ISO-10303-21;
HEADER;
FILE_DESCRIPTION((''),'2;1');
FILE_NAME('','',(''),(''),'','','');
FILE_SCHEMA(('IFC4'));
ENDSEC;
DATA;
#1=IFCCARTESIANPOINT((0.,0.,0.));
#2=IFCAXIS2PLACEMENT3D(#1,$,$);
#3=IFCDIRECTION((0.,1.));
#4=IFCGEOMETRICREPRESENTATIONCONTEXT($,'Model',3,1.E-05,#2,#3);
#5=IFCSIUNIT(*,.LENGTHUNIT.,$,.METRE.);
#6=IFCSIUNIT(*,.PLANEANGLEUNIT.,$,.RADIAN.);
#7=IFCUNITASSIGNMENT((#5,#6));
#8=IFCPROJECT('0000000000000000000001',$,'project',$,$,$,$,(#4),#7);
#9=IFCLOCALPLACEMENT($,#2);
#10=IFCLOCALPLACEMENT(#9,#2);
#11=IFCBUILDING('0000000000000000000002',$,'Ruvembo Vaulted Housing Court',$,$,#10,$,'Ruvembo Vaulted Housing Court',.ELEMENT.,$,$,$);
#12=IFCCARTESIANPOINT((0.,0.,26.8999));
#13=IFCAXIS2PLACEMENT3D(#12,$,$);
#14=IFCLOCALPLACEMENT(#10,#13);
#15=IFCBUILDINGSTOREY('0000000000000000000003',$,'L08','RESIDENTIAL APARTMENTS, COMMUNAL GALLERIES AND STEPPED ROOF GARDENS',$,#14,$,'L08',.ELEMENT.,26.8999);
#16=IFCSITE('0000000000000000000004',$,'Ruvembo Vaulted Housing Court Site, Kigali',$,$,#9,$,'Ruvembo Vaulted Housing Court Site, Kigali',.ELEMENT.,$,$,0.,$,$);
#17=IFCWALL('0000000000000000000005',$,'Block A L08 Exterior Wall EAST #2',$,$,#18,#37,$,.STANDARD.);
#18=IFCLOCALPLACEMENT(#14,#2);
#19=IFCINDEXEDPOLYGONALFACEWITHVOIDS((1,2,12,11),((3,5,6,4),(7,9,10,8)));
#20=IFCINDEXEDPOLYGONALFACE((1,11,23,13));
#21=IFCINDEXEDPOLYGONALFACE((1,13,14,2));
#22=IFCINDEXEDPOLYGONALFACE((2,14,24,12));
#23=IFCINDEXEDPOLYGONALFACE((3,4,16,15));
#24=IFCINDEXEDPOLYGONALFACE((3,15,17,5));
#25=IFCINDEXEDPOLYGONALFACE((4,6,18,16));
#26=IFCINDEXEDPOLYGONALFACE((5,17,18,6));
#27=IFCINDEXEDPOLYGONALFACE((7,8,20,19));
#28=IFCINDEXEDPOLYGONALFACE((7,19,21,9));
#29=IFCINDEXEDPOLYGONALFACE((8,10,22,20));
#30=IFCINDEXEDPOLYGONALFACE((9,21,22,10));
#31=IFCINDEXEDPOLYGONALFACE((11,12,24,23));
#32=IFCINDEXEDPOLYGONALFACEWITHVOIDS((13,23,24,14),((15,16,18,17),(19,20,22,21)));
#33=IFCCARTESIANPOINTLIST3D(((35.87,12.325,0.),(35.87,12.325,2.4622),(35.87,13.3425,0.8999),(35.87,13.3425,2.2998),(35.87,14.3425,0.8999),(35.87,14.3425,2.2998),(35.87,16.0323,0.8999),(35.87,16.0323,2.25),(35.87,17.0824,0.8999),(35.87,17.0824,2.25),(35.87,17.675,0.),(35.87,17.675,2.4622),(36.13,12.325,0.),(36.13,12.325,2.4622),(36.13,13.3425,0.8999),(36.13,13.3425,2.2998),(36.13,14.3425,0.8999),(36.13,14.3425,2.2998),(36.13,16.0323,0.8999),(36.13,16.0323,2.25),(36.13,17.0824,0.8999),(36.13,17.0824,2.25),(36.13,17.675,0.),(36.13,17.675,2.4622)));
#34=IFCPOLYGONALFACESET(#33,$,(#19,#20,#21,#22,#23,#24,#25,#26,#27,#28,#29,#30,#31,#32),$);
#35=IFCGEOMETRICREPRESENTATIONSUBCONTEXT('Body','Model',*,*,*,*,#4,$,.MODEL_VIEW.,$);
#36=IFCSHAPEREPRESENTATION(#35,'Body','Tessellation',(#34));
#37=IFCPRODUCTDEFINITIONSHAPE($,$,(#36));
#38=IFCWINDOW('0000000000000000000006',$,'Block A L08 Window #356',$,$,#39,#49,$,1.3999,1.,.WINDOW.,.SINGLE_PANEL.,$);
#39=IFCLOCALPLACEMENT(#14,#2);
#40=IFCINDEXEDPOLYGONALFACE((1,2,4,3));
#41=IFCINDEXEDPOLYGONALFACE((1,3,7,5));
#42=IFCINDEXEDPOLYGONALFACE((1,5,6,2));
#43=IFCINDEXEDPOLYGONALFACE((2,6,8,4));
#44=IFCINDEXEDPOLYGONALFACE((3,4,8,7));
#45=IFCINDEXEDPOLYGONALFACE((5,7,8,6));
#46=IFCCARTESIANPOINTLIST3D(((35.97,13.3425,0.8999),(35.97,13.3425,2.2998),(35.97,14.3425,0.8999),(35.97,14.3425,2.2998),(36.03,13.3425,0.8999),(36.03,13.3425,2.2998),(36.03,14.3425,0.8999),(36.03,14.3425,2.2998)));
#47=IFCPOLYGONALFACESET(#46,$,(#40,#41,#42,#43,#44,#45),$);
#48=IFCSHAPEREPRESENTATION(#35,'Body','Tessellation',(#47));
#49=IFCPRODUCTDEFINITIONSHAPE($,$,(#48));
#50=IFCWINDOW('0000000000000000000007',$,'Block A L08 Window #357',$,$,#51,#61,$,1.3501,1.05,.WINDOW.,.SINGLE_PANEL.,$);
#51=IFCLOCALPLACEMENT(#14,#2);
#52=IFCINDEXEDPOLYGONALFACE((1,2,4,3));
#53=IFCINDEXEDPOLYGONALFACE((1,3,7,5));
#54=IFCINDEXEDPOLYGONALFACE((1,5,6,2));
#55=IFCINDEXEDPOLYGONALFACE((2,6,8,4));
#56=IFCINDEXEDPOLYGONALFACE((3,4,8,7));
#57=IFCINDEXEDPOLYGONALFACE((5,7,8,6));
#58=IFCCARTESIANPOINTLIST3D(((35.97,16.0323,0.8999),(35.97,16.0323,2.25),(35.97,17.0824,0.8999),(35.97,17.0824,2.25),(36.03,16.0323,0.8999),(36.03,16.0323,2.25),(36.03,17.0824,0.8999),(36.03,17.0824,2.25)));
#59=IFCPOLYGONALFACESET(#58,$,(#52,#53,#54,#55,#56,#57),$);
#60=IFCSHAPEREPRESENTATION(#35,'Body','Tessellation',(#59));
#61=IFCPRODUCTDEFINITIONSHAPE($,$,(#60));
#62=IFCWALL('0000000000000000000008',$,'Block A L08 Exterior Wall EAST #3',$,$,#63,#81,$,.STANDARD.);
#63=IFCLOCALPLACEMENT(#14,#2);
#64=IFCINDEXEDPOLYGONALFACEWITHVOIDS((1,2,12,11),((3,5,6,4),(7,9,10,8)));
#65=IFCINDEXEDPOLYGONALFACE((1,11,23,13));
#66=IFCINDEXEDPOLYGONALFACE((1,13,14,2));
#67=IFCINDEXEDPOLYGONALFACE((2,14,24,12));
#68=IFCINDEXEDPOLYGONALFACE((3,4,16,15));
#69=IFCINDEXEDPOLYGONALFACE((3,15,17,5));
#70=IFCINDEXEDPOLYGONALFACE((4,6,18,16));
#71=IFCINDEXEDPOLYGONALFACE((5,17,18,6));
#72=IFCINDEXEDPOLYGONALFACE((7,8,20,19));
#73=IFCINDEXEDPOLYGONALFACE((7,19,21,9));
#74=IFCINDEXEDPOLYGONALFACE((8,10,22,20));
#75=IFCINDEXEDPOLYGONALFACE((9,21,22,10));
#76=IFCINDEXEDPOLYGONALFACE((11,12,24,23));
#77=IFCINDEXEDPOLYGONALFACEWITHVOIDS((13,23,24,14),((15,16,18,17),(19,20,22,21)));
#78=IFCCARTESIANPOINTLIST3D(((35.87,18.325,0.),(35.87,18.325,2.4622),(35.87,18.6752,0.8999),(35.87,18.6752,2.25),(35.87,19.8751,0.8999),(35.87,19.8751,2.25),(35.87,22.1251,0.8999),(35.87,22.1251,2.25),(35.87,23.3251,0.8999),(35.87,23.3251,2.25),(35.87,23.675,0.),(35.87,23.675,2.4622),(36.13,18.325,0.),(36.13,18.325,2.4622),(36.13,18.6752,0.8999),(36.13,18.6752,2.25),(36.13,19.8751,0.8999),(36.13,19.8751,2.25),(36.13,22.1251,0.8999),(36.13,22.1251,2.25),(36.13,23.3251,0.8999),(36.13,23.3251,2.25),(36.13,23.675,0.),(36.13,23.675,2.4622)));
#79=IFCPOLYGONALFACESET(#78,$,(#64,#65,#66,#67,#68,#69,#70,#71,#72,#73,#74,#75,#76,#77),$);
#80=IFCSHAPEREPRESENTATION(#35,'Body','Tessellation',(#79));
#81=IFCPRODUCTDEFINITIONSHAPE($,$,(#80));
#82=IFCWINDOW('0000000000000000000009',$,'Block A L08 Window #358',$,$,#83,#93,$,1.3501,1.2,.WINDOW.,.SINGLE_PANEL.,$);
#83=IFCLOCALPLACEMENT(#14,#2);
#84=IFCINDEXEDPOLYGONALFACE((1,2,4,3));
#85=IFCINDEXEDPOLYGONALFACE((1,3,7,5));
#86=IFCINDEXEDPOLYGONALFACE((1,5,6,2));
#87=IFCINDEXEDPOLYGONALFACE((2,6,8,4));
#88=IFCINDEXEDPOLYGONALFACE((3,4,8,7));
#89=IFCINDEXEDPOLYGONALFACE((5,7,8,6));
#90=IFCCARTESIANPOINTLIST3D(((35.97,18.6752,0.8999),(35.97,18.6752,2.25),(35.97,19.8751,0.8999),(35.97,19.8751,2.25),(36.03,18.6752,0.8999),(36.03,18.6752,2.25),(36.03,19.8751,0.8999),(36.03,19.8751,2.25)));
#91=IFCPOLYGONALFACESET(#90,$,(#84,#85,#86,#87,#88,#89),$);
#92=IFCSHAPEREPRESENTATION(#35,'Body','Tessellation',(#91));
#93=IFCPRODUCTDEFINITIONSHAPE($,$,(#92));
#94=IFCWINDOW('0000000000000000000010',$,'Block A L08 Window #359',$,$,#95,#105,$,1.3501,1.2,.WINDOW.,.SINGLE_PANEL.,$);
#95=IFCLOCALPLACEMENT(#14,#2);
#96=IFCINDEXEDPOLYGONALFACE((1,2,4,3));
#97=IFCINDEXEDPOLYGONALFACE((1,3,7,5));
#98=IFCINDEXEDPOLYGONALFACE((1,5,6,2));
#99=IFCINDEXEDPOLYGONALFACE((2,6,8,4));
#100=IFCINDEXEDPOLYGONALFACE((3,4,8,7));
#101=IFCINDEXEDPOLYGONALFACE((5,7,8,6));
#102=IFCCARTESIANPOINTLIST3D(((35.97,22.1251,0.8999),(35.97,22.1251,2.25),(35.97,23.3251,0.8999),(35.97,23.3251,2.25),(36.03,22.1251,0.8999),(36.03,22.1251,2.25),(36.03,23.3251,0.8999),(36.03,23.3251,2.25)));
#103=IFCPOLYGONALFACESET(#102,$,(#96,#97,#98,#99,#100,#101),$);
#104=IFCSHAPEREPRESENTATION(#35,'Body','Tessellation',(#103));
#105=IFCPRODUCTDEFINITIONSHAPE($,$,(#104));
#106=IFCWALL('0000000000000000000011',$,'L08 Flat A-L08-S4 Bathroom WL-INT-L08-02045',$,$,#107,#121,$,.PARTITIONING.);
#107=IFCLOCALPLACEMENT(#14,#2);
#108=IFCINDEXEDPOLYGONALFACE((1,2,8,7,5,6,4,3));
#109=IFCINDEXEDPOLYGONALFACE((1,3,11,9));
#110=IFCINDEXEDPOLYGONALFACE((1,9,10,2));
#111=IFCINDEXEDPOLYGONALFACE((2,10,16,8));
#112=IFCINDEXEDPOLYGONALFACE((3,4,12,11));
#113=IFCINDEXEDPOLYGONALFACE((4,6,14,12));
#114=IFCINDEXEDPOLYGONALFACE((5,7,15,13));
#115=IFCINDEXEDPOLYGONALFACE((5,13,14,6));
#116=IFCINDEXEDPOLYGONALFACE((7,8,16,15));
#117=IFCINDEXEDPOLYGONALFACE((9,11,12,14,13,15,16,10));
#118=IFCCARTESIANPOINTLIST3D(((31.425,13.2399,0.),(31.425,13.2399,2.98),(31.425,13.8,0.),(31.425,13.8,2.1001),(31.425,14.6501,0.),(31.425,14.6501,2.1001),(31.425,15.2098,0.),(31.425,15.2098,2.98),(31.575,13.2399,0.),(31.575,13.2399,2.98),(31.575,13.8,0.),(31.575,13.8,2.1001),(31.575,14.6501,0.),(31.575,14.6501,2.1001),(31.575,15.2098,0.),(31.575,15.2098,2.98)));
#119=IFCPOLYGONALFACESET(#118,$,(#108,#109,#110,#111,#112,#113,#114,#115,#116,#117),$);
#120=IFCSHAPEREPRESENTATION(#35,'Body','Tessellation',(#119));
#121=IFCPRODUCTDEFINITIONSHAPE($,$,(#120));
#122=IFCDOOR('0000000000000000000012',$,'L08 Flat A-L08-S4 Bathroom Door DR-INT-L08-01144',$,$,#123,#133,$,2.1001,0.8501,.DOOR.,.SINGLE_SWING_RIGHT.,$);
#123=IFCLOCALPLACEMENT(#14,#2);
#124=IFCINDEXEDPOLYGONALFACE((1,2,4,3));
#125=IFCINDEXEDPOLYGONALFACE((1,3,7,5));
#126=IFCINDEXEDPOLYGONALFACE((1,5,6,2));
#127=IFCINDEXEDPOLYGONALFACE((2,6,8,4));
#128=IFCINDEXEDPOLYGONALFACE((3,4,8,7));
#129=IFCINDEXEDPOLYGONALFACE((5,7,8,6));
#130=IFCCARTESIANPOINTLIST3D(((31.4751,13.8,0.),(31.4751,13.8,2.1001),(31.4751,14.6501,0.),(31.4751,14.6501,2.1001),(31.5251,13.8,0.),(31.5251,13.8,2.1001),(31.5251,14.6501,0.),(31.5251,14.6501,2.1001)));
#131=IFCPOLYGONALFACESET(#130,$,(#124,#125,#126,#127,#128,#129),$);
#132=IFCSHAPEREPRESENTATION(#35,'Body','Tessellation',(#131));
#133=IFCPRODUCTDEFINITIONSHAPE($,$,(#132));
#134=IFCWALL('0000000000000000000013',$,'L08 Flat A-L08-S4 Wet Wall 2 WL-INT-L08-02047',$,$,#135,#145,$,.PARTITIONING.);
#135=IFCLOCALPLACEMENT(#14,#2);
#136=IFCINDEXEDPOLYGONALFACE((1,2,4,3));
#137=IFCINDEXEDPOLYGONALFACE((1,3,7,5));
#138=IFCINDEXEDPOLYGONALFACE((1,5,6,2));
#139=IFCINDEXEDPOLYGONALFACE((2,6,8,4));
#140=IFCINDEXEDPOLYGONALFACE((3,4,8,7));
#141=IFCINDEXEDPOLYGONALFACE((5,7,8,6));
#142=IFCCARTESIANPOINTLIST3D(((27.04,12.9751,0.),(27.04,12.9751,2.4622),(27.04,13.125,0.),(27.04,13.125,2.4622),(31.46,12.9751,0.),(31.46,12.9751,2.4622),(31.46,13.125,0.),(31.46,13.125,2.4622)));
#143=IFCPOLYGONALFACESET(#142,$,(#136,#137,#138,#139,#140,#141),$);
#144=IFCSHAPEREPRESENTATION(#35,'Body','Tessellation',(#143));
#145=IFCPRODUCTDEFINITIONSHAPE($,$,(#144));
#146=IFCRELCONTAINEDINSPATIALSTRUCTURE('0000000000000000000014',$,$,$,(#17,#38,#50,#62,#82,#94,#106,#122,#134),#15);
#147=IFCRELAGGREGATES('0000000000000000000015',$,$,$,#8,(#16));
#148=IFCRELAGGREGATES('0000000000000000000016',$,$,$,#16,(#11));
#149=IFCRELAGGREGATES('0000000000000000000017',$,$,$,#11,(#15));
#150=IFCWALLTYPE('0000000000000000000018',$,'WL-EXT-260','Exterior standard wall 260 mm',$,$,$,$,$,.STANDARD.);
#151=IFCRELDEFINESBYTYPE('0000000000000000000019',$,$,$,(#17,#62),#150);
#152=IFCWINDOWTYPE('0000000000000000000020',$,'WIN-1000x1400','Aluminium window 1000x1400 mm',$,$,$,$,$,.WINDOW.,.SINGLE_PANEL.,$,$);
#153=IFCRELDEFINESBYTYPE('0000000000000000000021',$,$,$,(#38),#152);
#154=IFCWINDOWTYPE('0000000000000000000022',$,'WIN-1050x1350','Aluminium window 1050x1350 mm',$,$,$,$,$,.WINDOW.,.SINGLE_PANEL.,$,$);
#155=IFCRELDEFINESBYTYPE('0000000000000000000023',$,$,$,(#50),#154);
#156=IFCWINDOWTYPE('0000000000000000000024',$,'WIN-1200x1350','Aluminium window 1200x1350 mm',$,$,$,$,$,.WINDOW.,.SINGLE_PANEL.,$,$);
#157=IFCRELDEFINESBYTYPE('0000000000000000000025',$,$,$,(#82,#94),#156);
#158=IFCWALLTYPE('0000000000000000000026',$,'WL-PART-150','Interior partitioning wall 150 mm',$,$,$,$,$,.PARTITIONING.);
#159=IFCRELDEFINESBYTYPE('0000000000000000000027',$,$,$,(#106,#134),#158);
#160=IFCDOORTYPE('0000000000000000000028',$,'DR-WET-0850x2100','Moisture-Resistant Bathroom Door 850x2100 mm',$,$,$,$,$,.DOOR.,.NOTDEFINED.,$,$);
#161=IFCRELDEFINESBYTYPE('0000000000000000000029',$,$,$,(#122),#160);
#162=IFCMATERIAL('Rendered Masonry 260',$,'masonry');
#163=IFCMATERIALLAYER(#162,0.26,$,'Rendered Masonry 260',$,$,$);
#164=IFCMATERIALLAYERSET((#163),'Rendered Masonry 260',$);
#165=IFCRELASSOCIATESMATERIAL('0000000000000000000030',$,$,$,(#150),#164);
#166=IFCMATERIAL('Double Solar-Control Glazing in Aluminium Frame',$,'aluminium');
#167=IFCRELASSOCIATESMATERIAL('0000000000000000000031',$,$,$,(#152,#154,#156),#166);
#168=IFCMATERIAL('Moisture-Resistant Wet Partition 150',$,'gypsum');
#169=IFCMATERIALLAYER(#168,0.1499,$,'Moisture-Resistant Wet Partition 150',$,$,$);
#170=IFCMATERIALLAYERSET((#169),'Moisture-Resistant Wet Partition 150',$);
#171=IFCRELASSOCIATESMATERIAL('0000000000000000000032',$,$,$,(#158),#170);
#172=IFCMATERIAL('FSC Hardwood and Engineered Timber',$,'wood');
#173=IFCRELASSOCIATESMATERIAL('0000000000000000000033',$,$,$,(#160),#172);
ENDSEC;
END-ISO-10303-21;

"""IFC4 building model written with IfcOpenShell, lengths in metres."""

from ifc_helpers import new_model, si_unit, direction, frame, frame_2d, origin, place, context, subcontext, project, spatial, rectangle, extrude, material, layer, layer_set, type_object, element, fill, save


model = new_model("IFC4")

# Units and contexts
model_context = context("Model", 3, precision=1e-05, world=origin(), true_north=direction((0.0, 1.0)))
body_context = subcontext(model_context, "Body", "Model", "MODEL_VIEW")
ifc_project = project(units=[si_unit("LENGTHUNIT", "METRE"), si_unit("PLANEANGLEUNIT", "RADIAN")], contexts=[model_context])

# Site, building, storey
site_placement = place(None, origin())
site = spatial("IfcSite", under=ifc_project, at=site_placement, Name="Ruvembo Vaulted Housing Court Site, Kigali", LongName="Ruvembo Vaulted Housing Court Site, Kigali", CompositionType="ELEMENT", RefElevation=0.0)
building_placement = place(site_placement, origin())
building = spatial("IfcBuilding", under=site, at=building_placement, Name="Ruvembo Vaulted Housing Court", LongName="Ruvembo Vaulted Housing Court", CompositionType="ELEMENT")
storey_placement = place(building_placement, frame((0.0, 0.0, 26.8999)))
storey = spatial("IfcBuildingStorey", under=building, at=storey_placement, Name="L08", Description="RESIDENTIAL APARTMENTS, COMMUNAL GALLERIES AND STEPPED ROOF GARDENS", LongName="L08", CompositionType="ELEMENT", Elevation=26.8999)

# Shared definitions
ifc_material_1 = material(Name="FSC Hardwood and Engineered Timber", Category="wood")

# Walls, openings, windows
ifc_material_2 = material(Name="Rendered Masonry 260", Category="masonry")
ifc_layer_1 = layer(ifc_material_2, 0.26, Name="Rendered Masonry 260")
ifc_layer_set_1 = layer_set([ifc_layer_1], Name="Rendered Masonry 260")
wall_type_1 = type_object("IfcWallType", Name="WL-EXT-260", Description="Exterior standard wall 260 mm", PredefinedType="STANDARD", material=ifc_layer_set_1)
wall_1_placement = place(storey_placement, frame((36.0, 12.325, 0.0), z_axis=(0.0, 0.0, 1.0), x_axis=(0.0, 1.0, 0.0)))
wall_1 = element("IfcWall", 1, at=wall_1_placement, inside=storey, type_object=wall_type_1, Name="Block A L08 Exterior Wall EAST #2", PredefinedType="STANDARD", context=body_context, shape_type="SweptSolid", body=[
    extrude(rectangle(XDim=5.3501, YDim=0.26, at=frame_2d((2.675, 0.0))), origin(), (0.0, 0.0, 1.0), 2.4622),
])
opening_1_placement = place(wall_1_placement, frame((1.0176, 0.0, 0.8999)))
opening_1 = element("IfcOpeningElement", 2, at=opening_1_placement, cuts=wall_1, PredefinedType="OPENING", context=body_context, shape_type="SweptSolid", body=[
    extrude(rectangle(XDim=1.0, YDim=1.3999, at=frame_2d((0.5, 0.7))), frame((0.0, 0.1399, 0.0), z_axis=(0.0, -1.0, 0.0), x_axis=(1.0, 0.0, 0.0)), (0.0, 0.0, 1.0), 0.28),
])
opening_2_placement = place(wall_1_placement, frame((3.7075, 0.0, 0.8999)))
opening_2 = element("IfcOpeningElement", 3, at=opening_2_placement, cuts=wall_1, PredefinedType="OPENING", context=body_context, shape_type="SweptSolid", body=[
    extrude(rectangle(XDim=1.05, YDim=1.3501, at=frame_2d((0.5249, 0.675))), frame((0.0, 0.1399, 0.0), z_axis=(0.0, -1.0, 0.0), x_axis=(1.0, 0.0, 0.0)), (0.0, 0.0, 1.0), 0.28),
])
ifc_material_3 = material(Name="Double Solar-Control Glazing in Aluminium Frame", Category="aluminium")
window_type_1 = type_object("IfcWindowType", Name="WIN-1000x1400", Description="Aluminium window 1000x1400 mm", PartitioningType="SINGLE_PANEL", PredefinedType="WINDOW", material=ifc_material_3)
window_1_placement = place(opening_1_placement, origin())
window_1 = element("IfcWindow", 4, at=window_1_placement, inside=storey, type_object=window_type_1, Name="Block A L08 Window #356", OverallHeight=1.3999, OverallWidth=1.0, PartitioningType="SINGLE_PANEL", PredefinedType="WINDOW", context=body_context, shape_type="SweptSolid", body=[
    extrude(rectangle(XDim=1.0, YDim=1.3999, at=frame_2d((0.5, 0.7))), frame((0.0, 0.03, 0.0), z_axis=(0.0, -1.0, 0.0), x_axis=(1.0, 0.0, 0.0)), (0.0, 0.0, 1.0), 0.0601),
])
fill(opening_1, window_1)
window_type_2 = type_object("IfcWindowType", Name="WIN-1050x1350", Description="Aluminium window 1050x1350 mm", PartitioningType="SINGLE_PANEL", PredefinedType="WINDOW", material=ifc_material_3)
window_2_placement = place(opening_2_placement, origin())
window_2 = element("IfcWindow", 5, at=window_2_placement, inside=storey, type_object=window_type_2, Name="Block A L08 Window #357", OverallHeight=1.3501, OverallWidth=1.05, PartitioningType="SINGLE_PANEL", PredefinedType="WINDOW", context=body_context, shape_type="SweptSolid", body=[
    extrude(rectangle(XDim=1.05, YDim=1.3501, at=frame_2d((0.5249, 0.675))), frame((0.0, 0.03, 0.0), z_axis=(0.0, -1.0, 0.0), x_axis=(1.0, 0.0, 0.0)), (0.0, 0.0, 1.0), 0.0601),
])
fill(opening_2, window_2)
wall_2_placement = place(storey_placement, frame((36.0, 18.325, 0.0), z_axis=(0.0, 0.0, 1.0), x_axis=(0.0, 1.0, 0.0)))
wall_2 = element("IfcWall", 6, at=wall_2_placement, inside=storey, type_object=wall_type_1, Name="Block A L08 Exterior Wall EAST #3", PredefinedType="STANDARD", context=body_context, shape_type="SweptSolid", body=[
    extrude(rectangle(XDim=5.3501, YDim=0.26, at=frame_2d((2.675, 0.0))), origin(), (0.0, 0.0, 1.0), 2.4622),
])
opening_3_placement = place(wall_2_placement, frame((0.3501, 0.0, 0.8999)))
opening_3 = element("IfcOpeningElement", 7, at=opening_3_placement, cuts=wall_2, PredefinedType="OPENING", context=body_context, shape_type="SweptSolid", body=[
    extrude(rectangle(XDim=1.2, YDim=1.3501, at=frame_2d((0.6001, 0.675))), frame((0.0, 0.1399, 0.0), z_axis=(0.0, -1.0, 0.0), x_axis=(1.0, 0.0, 0.0)), (0.0, 0.0, 1.0), 0.28),
])
opening_4_placement = place(wall_2_placement, frame((3.8, 0.0, 0.8999)))
opening_4 = element("IfcOpeningElement", 8, at=opening_4_placement, cuts=wall_2, PredefinedType="OPENING", context=body_context, shape_type="SweptSolid", body=[
    extrude(rectangle(XDim=1.2, YDim=1.3501, at=frame_2d((0.6001, 0.675))), frame((0.0, 0.1399, 0.0), z_axis=(0.0, -1.0, 0.0), x_axis=(1.0, 0.0, 0.0)), (0.0, 0.0, 1.0), 0.28),
])
window_type_3 = type_object("IfcWindowType", Name="WIN-1200x1350", Description="Aluminium window 1200x1350 mm", PartitioningType="SINGLE_PANEL", PredefinedType="WINDOW", material=ifc_material_3)
window_3_placement = place(opening_3_placement, origin())
window_3 = element("IfcWindow", 9, at=window_3_placement, inside=storey, type_object=window_type_3, Name="Block A L08 Window #358", OverallHeight=1.3501, OverallWidth=1.2, PartitioningType="SINGLE_PANEL", PredefinedType="WINDOW", context=body_context, shape_type="SweptSolid", body=[
    extrude(rectangle(XDim=1.2, YDim=1.3501, at=frame_2d((0.6001, 0.675))), frame((0.0, 0.03, 0.0), z_axis=(0.0, -1.0, 0.0), x_axis=(1.0, 0.0, 0.0)), (0.0, 0.0, 1.0), 0.0601),
])
fill(opening_3, window_3)
window_4_placement = place(opening_4_placement, origin())
window_4 = element("IfcWindow", 10, at=window_4_placement, inside=storey, type_object=window_type_3, Name="Block A L08 Window #359", OverallHeight=1.3501, OverallWidth=1.2, PartitioningType="SINGLE_PANEL", PredefinedType="WINDOW", context=body_context, shape_type="SweptSolid", body=[
    extrude(rectangle(XDim=1.2, YDim=1.3501, at=frame_2d((0.6001, 0.675))), frame((0.0, 0.03, 0.0), z_axis=(0.0, -1.0, 0.0), x_axis=(1.0, 0.0, 0.0)), (0.0, 0.0, 1.0), 0.0601),
])
fill(opening_4, window_4)

# Wall, opening, door
ifc_material_4 = material(Name="Moisture-Resistant Wet Partition 150", Category="gypsum")
ifc_layer_2 = layer(ifc_material_4, 0.1499, Name="Moisture-Resistant Wet Partition 150")
ifc_layer_set_2 = layer_set([ifc_layer_2], Name="Moisture-Resistant Wet Partition 150")
wall_type_2 = type_object("IfcWallType", Name="WL-PART-150", Description="Interior partitioning wall 150 mm", PredefinedType="PARTITIONING", material=ifc_layer_set_2)
wall_3_placement = place(storey_placement, frame((31.5, 13.24, 0.0), z_axis=(0.0, 0.0, 1.0), x_axis=(0.0, 1.0, 0.0)))
wall_3 = element("IfcWall", 11, at=wall_3_placement, inside=storey, type_object=wall_type_2, Name="L08 Flat A-L08-S4 Bathroom WL-INT-L08-02045", PredefinedType="PARTITIONING", context=body_context, shape_type="SweptSolid", body=[
    extrude(rectangle(XDim=1.97, YDim=0.1499, at=frame_2d((0.9849, 0.0))), origin(), (0.0, 0.0, 1.0), 2.98),
])
opening_5_placement = place(wall_3_placement, frame((0.5601, 0.0, 0.0)))
opening_5 = element("IfcOpeningElement", 12, at=opening_5_placement, cuts=wall_3, PredefinedType="OPENING", context=body_context, shape_type="SweptSolid", body=[
    extrude(rectangle(XDim=0.8501, YDim=2.1001, at=frame_2d((0.425, 1.05))), frame((0.0, 0.085, 0.0), z_axis=(0.0, -1.0, 0.0), x_axis=(1.0, 0.0, 0.0)), (0.0, 0.0, 1.0), 0.1699),
])
door_type_1 = type_object("IfcDoorType", Name="DR-WET-0850x2100", Description="Moisture-Resistant Bathroom Door 850x2100 mm", OperationType="NOTDEFINED", PredefinedType="DOOR", material=ifc_material_1)
door_1_placement = place(opening_5_placement, origin())
door_1 = element("IfcDoor", 13, at=door_1_placement, inside=storey, type_object=door_type_1, Name="L08 Flat A-L08-S4 Bathroom Door DR-INT-L08-01144", OperationType="SINGLE_SWING_RIGHT", OverallHeight=2.1001, OverallWidth=0.8501, PredefinedType="DOOR", context=body_context, shape_type="SweptSolid", body=[
    extrude(rectangle(XDim=0.8501, YDim=2.1001, at=frame_2d((0.425, 1.05))), frame((0.0, 0.0249, 0.0), z_axis=(0.0, -1.0, 0.0), x_axis=(1.0, 0.0, 0.0)), (0.0, 0.0, 1.0), 0.05),
])
fill(opening_5, door_1)

# Wall
wall_4_placement = place(storey_placement, frame((27.04, 13.05, 0.0), z_axis=(0.0, 0.0, 1.0), x_axis=(1.0, 0.0, 0.0)))
element("IfcWall", 14, at=wall_4_placement, inside=storey, type_object=wall_type_2, Name="L08 Flat A-L08-S4 Wet Wall 2 WL-INT-L08-02047", PredefinedType="PARTITIONING", context=body_context, shape_type="SweptSolid", body=[
    extrude(rectangle(XDim=4.4199, YDim=0.1499, at=frame_2d((2.21, 0.0))), origin(), (0.0, 0.0, 1.0), 2.4622),
])

save(model, "model.ifc")
